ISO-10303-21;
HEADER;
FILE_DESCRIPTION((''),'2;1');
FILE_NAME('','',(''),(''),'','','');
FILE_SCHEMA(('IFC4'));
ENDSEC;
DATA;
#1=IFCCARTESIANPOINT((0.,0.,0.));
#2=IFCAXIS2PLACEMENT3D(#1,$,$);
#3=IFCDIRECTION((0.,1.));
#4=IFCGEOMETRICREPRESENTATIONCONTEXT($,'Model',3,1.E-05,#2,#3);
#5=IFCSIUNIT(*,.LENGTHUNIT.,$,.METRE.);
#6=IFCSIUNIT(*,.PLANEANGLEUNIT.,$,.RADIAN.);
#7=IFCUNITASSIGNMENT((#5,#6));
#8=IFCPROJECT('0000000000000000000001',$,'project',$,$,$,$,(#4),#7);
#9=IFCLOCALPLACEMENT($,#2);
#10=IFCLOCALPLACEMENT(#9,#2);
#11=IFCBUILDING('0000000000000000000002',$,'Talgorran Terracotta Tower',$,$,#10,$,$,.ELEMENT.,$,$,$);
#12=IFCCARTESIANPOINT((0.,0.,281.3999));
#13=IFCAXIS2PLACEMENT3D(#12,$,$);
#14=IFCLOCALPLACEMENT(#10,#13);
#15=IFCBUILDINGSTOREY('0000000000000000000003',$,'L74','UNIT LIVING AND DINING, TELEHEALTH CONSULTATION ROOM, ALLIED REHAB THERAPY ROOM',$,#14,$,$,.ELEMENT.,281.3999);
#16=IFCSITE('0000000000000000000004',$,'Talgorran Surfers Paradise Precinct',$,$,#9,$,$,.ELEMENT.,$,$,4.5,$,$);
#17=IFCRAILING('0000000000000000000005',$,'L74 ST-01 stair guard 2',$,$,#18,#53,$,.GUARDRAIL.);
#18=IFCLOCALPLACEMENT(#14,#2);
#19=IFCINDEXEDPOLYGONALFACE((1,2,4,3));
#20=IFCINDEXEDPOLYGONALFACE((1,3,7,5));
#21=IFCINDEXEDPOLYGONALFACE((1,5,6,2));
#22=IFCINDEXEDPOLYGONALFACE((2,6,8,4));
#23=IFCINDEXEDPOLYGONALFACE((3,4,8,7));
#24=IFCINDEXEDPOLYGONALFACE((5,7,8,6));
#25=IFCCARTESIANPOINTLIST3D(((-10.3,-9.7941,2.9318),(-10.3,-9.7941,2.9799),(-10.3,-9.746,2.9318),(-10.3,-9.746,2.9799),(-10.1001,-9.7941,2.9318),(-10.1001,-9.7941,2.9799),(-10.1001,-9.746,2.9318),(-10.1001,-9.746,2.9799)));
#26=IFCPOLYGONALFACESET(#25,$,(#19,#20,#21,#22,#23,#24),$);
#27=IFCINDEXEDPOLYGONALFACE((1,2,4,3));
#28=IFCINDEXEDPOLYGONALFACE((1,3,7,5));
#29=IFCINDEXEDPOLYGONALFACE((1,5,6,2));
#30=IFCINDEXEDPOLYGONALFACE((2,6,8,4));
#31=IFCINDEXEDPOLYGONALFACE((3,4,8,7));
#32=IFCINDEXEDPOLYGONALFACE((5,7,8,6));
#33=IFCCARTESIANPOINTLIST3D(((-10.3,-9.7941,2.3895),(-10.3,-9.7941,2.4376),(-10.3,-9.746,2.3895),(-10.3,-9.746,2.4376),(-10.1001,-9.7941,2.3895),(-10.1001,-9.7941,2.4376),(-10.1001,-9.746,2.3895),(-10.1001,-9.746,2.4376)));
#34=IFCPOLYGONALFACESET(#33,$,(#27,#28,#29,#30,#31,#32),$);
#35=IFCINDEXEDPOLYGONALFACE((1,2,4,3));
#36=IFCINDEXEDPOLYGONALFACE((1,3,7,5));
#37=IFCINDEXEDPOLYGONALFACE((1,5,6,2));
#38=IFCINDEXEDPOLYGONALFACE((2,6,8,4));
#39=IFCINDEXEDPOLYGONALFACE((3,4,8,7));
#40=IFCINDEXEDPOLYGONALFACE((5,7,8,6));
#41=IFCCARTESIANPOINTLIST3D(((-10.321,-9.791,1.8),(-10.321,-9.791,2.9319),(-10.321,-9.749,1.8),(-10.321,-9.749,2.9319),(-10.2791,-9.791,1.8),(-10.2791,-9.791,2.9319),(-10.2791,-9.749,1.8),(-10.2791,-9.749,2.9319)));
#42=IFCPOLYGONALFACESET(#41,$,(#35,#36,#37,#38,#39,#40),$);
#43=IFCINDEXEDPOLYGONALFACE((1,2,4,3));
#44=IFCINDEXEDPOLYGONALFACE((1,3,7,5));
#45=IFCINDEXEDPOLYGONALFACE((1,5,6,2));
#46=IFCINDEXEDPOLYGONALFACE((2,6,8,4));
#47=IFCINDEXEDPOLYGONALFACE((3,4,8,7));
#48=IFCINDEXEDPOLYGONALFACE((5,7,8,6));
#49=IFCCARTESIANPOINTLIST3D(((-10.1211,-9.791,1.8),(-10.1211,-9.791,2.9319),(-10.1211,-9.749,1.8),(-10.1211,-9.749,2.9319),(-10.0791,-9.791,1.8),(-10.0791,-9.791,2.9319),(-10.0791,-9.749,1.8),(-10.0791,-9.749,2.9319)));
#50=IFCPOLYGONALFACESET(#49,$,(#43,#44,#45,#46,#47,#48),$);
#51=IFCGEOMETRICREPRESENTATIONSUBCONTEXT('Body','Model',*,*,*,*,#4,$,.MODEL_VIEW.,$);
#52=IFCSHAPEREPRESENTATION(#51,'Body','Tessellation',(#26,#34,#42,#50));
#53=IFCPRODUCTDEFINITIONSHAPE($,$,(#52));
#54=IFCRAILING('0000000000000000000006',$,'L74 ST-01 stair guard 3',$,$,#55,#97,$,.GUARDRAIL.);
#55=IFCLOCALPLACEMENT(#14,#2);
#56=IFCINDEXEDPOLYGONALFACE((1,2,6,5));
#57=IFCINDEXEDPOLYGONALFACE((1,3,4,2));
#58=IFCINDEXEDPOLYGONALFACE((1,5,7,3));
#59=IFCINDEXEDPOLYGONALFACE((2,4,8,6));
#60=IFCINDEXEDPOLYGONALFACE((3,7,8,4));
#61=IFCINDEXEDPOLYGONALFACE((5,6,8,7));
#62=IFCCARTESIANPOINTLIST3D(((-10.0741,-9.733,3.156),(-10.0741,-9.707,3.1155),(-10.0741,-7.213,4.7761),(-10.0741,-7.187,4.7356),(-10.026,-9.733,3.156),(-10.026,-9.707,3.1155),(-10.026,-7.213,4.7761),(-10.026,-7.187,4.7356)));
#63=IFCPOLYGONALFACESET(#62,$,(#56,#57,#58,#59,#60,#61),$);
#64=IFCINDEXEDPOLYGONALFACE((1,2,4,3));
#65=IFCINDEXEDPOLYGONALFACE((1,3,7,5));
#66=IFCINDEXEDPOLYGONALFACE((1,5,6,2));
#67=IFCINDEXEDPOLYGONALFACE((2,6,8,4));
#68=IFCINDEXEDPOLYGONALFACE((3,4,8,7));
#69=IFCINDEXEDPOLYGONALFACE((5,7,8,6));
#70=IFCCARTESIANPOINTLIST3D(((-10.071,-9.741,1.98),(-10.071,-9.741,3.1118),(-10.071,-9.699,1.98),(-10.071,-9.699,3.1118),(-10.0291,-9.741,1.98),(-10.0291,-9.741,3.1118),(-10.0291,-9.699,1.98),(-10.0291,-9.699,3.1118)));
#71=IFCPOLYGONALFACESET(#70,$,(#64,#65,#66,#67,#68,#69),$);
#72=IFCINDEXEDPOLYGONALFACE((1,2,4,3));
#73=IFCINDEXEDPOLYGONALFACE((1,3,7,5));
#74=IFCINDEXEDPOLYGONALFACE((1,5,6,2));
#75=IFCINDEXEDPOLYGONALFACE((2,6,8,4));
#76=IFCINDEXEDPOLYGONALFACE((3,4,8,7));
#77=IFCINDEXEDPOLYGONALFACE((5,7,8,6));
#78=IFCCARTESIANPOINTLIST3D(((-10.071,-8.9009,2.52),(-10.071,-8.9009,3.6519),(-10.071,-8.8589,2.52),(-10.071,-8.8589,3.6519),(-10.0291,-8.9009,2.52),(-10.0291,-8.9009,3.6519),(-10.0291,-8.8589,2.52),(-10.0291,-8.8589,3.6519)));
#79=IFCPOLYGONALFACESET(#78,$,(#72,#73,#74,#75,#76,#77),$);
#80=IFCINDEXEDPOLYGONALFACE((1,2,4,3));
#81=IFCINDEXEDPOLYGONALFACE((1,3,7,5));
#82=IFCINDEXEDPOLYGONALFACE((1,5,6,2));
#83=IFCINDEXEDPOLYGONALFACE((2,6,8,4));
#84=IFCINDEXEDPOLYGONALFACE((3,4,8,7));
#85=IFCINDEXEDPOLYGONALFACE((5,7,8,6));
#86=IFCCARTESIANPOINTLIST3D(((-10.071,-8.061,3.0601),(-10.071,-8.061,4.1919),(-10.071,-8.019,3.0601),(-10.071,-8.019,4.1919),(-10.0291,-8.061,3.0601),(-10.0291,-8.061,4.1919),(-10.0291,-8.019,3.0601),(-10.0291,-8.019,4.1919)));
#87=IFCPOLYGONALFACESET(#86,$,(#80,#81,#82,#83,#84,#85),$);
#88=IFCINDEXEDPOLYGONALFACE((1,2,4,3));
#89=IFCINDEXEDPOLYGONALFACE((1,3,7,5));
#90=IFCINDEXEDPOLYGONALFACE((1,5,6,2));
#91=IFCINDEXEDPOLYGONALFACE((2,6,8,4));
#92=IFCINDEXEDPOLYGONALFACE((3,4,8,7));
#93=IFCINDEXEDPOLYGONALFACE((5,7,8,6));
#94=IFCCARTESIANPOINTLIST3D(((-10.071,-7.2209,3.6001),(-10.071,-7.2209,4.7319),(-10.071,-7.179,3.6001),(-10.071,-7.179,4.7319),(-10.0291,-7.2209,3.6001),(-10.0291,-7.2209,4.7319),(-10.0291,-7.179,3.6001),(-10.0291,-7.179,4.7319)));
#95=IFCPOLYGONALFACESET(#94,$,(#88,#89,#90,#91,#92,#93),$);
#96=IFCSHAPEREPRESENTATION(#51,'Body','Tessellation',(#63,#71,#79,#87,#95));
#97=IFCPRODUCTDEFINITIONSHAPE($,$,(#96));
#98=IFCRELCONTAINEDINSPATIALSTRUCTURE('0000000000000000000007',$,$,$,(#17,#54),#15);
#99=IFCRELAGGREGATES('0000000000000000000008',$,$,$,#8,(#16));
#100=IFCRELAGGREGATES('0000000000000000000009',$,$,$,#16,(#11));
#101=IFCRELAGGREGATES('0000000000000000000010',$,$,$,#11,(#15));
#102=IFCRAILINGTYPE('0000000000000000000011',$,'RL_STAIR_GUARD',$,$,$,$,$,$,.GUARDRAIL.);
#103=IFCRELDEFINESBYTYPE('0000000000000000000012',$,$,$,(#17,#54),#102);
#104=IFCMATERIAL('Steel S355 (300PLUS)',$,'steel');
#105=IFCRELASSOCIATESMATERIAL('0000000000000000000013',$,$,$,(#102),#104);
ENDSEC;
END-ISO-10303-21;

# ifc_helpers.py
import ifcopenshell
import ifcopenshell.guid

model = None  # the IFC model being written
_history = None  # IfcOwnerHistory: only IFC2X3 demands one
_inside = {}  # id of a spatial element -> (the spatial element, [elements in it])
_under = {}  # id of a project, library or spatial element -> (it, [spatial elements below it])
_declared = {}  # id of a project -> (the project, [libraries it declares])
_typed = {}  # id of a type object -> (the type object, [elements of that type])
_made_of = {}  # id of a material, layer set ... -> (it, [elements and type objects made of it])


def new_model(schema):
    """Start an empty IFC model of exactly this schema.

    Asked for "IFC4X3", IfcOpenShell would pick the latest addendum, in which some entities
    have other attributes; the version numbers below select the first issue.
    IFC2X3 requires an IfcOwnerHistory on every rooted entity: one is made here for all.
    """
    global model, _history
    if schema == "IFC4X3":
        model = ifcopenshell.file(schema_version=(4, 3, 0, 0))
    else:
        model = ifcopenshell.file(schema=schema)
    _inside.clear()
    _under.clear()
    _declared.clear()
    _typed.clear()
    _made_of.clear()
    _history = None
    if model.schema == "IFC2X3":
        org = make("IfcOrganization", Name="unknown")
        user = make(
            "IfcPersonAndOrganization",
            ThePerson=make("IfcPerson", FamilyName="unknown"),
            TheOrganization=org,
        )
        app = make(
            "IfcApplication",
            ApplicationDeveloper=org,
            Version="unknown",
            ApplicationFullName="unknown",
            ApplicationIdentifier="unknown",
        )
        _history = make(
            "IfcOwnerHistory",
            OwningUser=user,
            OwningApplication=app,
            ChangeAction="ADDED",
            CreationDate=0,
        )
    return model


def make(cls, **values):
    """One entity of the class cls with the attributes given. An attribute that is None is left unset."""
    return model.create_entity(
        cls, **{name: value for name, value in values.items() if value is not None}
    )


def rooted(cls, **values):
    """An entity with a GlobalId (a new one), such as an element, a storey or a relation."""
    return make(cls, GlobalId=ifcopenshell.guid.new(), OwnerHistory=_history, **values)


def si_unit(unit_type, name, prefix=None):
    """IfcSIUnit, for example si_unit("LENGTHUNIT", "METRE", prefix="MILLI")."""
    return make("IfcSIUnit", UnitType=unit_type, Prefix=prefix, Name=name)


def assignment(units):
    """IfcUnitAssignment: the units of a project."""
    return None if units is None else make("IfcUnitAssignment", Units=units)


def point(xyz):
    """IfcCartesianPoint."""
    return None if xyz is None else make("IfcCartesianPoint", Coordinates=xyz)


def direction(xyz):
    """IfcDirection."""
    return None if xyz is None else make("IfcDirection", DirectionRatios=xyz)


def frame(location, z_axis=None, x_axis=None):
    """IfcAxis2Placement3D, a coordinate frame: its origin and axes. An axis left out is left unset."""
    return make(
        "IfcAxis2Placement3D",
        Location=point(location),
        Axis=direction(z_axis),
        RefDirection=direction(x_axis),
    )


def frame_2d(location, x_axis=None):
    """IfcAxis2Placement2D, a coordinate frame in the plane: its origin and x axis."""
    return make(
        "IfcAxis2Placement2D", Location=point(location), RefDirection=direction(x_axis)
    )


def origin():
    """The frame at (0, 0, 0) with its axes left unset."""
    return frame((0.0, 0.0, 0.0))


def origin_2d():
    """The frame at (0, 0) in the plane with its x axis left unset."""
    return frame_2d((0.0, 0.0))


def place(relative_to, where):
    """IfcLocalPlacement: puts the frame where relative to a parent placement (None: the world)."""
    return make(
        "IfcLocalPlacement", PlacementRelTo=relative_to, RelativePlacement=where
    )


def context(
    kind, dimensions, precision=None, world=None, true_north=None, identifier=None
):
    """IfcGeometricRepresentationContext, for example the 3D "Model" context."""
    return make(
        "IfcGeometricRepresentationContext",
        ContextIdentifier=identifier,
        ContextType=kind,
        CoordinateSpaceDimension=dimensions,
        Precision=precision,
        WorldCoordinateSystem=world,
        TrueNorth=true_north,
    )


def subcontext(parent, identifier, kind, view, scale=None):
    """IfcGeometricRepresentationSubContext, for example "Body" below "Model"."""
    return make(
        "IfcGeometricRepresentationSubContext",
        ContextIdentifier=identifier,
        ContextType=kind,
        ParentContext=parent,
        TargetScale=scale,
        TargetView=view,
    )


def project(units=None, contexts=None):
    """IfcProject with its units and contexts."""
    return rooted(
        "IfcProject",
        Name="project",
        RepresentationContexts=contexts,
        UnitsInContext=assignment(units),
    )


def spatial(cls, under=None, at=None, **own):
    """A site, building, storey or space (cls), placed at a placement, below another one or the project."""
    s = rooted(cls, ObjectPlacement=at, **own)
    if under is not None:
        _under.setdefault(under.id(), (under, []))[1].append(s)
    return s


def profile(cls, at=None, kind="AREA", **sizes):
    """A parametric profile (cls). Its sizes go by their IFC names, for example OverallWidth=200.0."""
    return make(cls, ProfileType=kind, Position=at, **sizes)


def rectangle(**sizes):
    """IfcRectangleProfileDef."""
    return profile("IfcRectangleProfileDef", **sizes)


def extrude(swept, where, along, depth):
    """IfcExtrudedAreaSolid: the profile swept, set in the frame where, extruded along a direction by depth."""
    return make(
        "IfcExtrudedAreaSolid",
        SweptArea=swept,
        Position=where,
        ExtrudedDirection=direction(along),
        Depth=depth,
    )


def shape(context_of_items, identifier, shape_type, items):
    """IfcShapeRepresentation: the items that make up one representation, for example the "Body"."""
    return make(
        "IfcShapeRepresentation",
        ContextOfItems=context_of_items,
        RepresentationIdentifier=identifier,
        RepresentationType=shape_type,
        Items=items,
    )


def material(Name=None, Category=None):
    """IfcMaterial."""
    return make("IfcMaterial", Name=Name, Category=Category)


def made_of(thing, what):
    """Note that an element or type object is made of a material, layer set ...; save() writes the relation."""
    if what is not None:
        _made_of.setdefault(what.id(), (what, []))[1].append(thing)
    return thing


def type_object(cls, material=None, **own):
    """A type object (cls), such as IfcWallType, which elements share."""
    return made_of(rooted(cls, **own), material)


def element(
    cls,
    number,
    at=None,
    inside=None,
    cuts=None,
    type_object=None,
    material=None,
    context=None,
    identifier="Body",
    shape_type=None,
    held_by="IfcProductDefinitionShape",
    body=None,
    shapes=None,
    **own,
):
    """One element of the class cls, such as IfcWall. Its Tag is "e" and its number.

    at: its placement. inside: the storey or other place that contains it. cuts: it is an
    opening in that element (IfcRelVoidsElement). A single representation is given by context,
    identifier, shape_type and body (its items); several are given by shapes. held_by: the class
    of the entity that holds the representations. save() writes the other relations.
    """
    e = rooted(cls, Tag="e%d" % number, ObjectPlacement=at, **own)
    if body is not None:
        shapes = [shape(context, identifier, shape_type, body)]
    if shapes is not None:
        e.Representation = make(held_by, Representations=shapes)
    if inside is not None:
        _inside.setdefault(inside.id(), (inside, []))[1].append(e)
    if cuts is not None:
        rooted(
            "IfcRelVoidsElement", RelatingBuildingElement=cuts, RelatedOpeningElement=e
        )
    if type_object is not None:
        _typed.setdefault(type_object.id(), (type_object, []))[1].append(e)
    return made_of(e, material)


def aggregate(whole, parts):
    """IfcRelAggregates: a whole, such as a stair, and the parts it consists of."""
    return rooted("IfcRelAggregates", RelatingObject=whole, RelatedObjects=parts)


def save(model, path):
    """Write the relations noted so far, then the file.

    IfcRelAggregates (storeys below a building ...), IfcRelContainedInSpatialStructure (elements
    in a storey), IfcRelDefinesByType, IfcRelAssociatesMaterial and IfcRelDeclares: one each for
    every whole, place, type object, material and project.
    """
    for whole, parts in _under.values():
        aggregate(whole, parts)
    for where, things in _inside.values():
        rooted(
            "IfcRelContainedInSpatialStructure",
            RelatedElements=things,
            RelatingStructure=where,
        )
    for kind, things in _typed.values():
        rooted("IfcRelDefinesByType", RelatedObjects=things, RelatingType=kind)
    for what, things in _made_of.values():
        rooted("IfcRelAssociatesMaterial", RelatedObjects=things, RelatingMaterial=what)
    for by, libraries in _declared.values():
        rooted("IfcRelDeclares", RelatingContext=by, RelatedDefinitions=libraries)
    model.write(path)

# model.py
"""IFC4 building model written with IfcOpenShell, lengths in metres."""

from ifc_helpers import new_model, si_unit, direction, frame, origin, origin_2d, place, context, subcontext, project, spatial, rectangle, extrude, material, type_object, element, save


model = new_model("IFC4")

# Units and contexts
model_context = context("Model", 3, precision=1e-05, world=origin(), true_north=direction((0.0, 1.0)))
body_context = subcontext(model_context, "Body", "Model", "MODEL_VIEW")
ifc_project = project(units=[si_unit("LENGTHUNIT", "METRE"), si_unit("PLANEANGLEUNIT", "RADIAN")], contexts=[model_context])

# Site, building, storey
site_placement = place(None, origin())
site = spatial("IfcSite", under=ifc_project, at=site_placement, Name="Talgorran Surfers Paradise Precinct", CompositionType="ELEMENT", RefElevation=4.5)
building_placement = place(site_placement, origin())
building = spatial("IfcBuilding", under=site, at=building_placement, Name="Talgorran Terracotta Tower", CompositionType="ELEMENT")
storey_placement = place(building_placement, frame((0.0, 0.0, 281.3999)))
storey = spatial("IfcBuildingStorey", under=building, at=storey_placement, Name="L74", Description="UNIT LIVING AND DINING, TELEHEALTH CONSULTATION ROOM, ALLIED REHAB THERAPY ROOM", CompositionType="ELEMENT", Elevation=281.3999)

# Railings
ifc_material_1 = material(Name="Steel S355 (300PLUS)", Category="steel")
railing_type_1 = type_object("IfcRailingType", Name="RL_STAIR_GUARD", PredefinedType="GUARDRAIL", material=ifc_material_1)
railing_1_placement = place(storey_placement, frame((-10.3, -9.77, 1.8)))
element("IfcRailing", 1, at=railing_1_placement, inside=storey, type_object=railing_type_1, Name="L74 ST-01 stair guard 2", PredefinedType="GUARDRAIL", context=body_context, shape_type="SweptSolid", body=[
    extrude(rectangle(XDim=0.0481, YDim=0.0481, at=origin_2d()), frame((0.0, 0.0, 1.1558), z_axis=(1.0, 0.0, 0.0), x_axis=(0.0, 1.0, 0.0)), (0.0, 0.0, 1.0), 0.2),
    extrude(rectangle(XDim=0.0481, YDim=0.0481, at=origin_2d()), frame((0.0, 0.0, 0.6135), z_axis=(1.0, 0.0, 0.0), x_axis=(0.0, 1.0, 0.0)), (0.0, 0.0, 1.0), 0.2),
    extrude(rectangle(XDim=0.042, YDim=0.042, at=origin_2d()), origin(), (0.0, 0.0, 1.0), 1.1318),
    extrude(rectangle(XDim=0.042, YDim=0.042, at=origin_2d()), frame((0.2, 0.0, 0.0)), (0.0, 0.0, 1.0), 1.1318),
])
railing_2_placement = place(storey_placement, frame((-10.05, -9.72, 1.98)))
element("IfcRailing", 2, at=railing_2_placement, inside=storey, type_object=railing_type_1, Name="L74 ST-01 stair guard 3", PredefinedType="GUARDRAIL", context=body_context, shape_type="SweptSolid", body=[
    extrude(rectangle(XDim=0.0481, YDim=0.0481, at=origin_2d()), frame((0.0, 0.0, 1.1558), z_axis=(0.0, 0.841163, 0.540782), x_axis=(-1.0, 0.0, 0.0)), (0.0, 0.0, 1.0), 2.9958),
    extrude(rectangle(XDim=0.042, YDim=0.042, at=origin_2d()), origin(), (0.0, 0.0, 1.0), 1.1318),
    extrude(rectangle(XDim=0.042, YDim=0.042, at=origin_2d()), frame((0.0, 0.8401, 0.54)), (0.0, 0.0, 1.0), 1.1318),
    extrude(rectangle(XDim=0.042, YDim=0.042, at=origin_2d()), frame((0.0, 1.6799, 1.0801)), (0.0, 0.0, 1.0), 1.1318),
    extrude(rectangle(XDim=0.042, YDim=0.042, at=origin_2d()), frame((0.0, 2.52, 1.6201)), (0.0, 0.0, 1.0), 1.1318),
])

save(model, "model.ifc")
